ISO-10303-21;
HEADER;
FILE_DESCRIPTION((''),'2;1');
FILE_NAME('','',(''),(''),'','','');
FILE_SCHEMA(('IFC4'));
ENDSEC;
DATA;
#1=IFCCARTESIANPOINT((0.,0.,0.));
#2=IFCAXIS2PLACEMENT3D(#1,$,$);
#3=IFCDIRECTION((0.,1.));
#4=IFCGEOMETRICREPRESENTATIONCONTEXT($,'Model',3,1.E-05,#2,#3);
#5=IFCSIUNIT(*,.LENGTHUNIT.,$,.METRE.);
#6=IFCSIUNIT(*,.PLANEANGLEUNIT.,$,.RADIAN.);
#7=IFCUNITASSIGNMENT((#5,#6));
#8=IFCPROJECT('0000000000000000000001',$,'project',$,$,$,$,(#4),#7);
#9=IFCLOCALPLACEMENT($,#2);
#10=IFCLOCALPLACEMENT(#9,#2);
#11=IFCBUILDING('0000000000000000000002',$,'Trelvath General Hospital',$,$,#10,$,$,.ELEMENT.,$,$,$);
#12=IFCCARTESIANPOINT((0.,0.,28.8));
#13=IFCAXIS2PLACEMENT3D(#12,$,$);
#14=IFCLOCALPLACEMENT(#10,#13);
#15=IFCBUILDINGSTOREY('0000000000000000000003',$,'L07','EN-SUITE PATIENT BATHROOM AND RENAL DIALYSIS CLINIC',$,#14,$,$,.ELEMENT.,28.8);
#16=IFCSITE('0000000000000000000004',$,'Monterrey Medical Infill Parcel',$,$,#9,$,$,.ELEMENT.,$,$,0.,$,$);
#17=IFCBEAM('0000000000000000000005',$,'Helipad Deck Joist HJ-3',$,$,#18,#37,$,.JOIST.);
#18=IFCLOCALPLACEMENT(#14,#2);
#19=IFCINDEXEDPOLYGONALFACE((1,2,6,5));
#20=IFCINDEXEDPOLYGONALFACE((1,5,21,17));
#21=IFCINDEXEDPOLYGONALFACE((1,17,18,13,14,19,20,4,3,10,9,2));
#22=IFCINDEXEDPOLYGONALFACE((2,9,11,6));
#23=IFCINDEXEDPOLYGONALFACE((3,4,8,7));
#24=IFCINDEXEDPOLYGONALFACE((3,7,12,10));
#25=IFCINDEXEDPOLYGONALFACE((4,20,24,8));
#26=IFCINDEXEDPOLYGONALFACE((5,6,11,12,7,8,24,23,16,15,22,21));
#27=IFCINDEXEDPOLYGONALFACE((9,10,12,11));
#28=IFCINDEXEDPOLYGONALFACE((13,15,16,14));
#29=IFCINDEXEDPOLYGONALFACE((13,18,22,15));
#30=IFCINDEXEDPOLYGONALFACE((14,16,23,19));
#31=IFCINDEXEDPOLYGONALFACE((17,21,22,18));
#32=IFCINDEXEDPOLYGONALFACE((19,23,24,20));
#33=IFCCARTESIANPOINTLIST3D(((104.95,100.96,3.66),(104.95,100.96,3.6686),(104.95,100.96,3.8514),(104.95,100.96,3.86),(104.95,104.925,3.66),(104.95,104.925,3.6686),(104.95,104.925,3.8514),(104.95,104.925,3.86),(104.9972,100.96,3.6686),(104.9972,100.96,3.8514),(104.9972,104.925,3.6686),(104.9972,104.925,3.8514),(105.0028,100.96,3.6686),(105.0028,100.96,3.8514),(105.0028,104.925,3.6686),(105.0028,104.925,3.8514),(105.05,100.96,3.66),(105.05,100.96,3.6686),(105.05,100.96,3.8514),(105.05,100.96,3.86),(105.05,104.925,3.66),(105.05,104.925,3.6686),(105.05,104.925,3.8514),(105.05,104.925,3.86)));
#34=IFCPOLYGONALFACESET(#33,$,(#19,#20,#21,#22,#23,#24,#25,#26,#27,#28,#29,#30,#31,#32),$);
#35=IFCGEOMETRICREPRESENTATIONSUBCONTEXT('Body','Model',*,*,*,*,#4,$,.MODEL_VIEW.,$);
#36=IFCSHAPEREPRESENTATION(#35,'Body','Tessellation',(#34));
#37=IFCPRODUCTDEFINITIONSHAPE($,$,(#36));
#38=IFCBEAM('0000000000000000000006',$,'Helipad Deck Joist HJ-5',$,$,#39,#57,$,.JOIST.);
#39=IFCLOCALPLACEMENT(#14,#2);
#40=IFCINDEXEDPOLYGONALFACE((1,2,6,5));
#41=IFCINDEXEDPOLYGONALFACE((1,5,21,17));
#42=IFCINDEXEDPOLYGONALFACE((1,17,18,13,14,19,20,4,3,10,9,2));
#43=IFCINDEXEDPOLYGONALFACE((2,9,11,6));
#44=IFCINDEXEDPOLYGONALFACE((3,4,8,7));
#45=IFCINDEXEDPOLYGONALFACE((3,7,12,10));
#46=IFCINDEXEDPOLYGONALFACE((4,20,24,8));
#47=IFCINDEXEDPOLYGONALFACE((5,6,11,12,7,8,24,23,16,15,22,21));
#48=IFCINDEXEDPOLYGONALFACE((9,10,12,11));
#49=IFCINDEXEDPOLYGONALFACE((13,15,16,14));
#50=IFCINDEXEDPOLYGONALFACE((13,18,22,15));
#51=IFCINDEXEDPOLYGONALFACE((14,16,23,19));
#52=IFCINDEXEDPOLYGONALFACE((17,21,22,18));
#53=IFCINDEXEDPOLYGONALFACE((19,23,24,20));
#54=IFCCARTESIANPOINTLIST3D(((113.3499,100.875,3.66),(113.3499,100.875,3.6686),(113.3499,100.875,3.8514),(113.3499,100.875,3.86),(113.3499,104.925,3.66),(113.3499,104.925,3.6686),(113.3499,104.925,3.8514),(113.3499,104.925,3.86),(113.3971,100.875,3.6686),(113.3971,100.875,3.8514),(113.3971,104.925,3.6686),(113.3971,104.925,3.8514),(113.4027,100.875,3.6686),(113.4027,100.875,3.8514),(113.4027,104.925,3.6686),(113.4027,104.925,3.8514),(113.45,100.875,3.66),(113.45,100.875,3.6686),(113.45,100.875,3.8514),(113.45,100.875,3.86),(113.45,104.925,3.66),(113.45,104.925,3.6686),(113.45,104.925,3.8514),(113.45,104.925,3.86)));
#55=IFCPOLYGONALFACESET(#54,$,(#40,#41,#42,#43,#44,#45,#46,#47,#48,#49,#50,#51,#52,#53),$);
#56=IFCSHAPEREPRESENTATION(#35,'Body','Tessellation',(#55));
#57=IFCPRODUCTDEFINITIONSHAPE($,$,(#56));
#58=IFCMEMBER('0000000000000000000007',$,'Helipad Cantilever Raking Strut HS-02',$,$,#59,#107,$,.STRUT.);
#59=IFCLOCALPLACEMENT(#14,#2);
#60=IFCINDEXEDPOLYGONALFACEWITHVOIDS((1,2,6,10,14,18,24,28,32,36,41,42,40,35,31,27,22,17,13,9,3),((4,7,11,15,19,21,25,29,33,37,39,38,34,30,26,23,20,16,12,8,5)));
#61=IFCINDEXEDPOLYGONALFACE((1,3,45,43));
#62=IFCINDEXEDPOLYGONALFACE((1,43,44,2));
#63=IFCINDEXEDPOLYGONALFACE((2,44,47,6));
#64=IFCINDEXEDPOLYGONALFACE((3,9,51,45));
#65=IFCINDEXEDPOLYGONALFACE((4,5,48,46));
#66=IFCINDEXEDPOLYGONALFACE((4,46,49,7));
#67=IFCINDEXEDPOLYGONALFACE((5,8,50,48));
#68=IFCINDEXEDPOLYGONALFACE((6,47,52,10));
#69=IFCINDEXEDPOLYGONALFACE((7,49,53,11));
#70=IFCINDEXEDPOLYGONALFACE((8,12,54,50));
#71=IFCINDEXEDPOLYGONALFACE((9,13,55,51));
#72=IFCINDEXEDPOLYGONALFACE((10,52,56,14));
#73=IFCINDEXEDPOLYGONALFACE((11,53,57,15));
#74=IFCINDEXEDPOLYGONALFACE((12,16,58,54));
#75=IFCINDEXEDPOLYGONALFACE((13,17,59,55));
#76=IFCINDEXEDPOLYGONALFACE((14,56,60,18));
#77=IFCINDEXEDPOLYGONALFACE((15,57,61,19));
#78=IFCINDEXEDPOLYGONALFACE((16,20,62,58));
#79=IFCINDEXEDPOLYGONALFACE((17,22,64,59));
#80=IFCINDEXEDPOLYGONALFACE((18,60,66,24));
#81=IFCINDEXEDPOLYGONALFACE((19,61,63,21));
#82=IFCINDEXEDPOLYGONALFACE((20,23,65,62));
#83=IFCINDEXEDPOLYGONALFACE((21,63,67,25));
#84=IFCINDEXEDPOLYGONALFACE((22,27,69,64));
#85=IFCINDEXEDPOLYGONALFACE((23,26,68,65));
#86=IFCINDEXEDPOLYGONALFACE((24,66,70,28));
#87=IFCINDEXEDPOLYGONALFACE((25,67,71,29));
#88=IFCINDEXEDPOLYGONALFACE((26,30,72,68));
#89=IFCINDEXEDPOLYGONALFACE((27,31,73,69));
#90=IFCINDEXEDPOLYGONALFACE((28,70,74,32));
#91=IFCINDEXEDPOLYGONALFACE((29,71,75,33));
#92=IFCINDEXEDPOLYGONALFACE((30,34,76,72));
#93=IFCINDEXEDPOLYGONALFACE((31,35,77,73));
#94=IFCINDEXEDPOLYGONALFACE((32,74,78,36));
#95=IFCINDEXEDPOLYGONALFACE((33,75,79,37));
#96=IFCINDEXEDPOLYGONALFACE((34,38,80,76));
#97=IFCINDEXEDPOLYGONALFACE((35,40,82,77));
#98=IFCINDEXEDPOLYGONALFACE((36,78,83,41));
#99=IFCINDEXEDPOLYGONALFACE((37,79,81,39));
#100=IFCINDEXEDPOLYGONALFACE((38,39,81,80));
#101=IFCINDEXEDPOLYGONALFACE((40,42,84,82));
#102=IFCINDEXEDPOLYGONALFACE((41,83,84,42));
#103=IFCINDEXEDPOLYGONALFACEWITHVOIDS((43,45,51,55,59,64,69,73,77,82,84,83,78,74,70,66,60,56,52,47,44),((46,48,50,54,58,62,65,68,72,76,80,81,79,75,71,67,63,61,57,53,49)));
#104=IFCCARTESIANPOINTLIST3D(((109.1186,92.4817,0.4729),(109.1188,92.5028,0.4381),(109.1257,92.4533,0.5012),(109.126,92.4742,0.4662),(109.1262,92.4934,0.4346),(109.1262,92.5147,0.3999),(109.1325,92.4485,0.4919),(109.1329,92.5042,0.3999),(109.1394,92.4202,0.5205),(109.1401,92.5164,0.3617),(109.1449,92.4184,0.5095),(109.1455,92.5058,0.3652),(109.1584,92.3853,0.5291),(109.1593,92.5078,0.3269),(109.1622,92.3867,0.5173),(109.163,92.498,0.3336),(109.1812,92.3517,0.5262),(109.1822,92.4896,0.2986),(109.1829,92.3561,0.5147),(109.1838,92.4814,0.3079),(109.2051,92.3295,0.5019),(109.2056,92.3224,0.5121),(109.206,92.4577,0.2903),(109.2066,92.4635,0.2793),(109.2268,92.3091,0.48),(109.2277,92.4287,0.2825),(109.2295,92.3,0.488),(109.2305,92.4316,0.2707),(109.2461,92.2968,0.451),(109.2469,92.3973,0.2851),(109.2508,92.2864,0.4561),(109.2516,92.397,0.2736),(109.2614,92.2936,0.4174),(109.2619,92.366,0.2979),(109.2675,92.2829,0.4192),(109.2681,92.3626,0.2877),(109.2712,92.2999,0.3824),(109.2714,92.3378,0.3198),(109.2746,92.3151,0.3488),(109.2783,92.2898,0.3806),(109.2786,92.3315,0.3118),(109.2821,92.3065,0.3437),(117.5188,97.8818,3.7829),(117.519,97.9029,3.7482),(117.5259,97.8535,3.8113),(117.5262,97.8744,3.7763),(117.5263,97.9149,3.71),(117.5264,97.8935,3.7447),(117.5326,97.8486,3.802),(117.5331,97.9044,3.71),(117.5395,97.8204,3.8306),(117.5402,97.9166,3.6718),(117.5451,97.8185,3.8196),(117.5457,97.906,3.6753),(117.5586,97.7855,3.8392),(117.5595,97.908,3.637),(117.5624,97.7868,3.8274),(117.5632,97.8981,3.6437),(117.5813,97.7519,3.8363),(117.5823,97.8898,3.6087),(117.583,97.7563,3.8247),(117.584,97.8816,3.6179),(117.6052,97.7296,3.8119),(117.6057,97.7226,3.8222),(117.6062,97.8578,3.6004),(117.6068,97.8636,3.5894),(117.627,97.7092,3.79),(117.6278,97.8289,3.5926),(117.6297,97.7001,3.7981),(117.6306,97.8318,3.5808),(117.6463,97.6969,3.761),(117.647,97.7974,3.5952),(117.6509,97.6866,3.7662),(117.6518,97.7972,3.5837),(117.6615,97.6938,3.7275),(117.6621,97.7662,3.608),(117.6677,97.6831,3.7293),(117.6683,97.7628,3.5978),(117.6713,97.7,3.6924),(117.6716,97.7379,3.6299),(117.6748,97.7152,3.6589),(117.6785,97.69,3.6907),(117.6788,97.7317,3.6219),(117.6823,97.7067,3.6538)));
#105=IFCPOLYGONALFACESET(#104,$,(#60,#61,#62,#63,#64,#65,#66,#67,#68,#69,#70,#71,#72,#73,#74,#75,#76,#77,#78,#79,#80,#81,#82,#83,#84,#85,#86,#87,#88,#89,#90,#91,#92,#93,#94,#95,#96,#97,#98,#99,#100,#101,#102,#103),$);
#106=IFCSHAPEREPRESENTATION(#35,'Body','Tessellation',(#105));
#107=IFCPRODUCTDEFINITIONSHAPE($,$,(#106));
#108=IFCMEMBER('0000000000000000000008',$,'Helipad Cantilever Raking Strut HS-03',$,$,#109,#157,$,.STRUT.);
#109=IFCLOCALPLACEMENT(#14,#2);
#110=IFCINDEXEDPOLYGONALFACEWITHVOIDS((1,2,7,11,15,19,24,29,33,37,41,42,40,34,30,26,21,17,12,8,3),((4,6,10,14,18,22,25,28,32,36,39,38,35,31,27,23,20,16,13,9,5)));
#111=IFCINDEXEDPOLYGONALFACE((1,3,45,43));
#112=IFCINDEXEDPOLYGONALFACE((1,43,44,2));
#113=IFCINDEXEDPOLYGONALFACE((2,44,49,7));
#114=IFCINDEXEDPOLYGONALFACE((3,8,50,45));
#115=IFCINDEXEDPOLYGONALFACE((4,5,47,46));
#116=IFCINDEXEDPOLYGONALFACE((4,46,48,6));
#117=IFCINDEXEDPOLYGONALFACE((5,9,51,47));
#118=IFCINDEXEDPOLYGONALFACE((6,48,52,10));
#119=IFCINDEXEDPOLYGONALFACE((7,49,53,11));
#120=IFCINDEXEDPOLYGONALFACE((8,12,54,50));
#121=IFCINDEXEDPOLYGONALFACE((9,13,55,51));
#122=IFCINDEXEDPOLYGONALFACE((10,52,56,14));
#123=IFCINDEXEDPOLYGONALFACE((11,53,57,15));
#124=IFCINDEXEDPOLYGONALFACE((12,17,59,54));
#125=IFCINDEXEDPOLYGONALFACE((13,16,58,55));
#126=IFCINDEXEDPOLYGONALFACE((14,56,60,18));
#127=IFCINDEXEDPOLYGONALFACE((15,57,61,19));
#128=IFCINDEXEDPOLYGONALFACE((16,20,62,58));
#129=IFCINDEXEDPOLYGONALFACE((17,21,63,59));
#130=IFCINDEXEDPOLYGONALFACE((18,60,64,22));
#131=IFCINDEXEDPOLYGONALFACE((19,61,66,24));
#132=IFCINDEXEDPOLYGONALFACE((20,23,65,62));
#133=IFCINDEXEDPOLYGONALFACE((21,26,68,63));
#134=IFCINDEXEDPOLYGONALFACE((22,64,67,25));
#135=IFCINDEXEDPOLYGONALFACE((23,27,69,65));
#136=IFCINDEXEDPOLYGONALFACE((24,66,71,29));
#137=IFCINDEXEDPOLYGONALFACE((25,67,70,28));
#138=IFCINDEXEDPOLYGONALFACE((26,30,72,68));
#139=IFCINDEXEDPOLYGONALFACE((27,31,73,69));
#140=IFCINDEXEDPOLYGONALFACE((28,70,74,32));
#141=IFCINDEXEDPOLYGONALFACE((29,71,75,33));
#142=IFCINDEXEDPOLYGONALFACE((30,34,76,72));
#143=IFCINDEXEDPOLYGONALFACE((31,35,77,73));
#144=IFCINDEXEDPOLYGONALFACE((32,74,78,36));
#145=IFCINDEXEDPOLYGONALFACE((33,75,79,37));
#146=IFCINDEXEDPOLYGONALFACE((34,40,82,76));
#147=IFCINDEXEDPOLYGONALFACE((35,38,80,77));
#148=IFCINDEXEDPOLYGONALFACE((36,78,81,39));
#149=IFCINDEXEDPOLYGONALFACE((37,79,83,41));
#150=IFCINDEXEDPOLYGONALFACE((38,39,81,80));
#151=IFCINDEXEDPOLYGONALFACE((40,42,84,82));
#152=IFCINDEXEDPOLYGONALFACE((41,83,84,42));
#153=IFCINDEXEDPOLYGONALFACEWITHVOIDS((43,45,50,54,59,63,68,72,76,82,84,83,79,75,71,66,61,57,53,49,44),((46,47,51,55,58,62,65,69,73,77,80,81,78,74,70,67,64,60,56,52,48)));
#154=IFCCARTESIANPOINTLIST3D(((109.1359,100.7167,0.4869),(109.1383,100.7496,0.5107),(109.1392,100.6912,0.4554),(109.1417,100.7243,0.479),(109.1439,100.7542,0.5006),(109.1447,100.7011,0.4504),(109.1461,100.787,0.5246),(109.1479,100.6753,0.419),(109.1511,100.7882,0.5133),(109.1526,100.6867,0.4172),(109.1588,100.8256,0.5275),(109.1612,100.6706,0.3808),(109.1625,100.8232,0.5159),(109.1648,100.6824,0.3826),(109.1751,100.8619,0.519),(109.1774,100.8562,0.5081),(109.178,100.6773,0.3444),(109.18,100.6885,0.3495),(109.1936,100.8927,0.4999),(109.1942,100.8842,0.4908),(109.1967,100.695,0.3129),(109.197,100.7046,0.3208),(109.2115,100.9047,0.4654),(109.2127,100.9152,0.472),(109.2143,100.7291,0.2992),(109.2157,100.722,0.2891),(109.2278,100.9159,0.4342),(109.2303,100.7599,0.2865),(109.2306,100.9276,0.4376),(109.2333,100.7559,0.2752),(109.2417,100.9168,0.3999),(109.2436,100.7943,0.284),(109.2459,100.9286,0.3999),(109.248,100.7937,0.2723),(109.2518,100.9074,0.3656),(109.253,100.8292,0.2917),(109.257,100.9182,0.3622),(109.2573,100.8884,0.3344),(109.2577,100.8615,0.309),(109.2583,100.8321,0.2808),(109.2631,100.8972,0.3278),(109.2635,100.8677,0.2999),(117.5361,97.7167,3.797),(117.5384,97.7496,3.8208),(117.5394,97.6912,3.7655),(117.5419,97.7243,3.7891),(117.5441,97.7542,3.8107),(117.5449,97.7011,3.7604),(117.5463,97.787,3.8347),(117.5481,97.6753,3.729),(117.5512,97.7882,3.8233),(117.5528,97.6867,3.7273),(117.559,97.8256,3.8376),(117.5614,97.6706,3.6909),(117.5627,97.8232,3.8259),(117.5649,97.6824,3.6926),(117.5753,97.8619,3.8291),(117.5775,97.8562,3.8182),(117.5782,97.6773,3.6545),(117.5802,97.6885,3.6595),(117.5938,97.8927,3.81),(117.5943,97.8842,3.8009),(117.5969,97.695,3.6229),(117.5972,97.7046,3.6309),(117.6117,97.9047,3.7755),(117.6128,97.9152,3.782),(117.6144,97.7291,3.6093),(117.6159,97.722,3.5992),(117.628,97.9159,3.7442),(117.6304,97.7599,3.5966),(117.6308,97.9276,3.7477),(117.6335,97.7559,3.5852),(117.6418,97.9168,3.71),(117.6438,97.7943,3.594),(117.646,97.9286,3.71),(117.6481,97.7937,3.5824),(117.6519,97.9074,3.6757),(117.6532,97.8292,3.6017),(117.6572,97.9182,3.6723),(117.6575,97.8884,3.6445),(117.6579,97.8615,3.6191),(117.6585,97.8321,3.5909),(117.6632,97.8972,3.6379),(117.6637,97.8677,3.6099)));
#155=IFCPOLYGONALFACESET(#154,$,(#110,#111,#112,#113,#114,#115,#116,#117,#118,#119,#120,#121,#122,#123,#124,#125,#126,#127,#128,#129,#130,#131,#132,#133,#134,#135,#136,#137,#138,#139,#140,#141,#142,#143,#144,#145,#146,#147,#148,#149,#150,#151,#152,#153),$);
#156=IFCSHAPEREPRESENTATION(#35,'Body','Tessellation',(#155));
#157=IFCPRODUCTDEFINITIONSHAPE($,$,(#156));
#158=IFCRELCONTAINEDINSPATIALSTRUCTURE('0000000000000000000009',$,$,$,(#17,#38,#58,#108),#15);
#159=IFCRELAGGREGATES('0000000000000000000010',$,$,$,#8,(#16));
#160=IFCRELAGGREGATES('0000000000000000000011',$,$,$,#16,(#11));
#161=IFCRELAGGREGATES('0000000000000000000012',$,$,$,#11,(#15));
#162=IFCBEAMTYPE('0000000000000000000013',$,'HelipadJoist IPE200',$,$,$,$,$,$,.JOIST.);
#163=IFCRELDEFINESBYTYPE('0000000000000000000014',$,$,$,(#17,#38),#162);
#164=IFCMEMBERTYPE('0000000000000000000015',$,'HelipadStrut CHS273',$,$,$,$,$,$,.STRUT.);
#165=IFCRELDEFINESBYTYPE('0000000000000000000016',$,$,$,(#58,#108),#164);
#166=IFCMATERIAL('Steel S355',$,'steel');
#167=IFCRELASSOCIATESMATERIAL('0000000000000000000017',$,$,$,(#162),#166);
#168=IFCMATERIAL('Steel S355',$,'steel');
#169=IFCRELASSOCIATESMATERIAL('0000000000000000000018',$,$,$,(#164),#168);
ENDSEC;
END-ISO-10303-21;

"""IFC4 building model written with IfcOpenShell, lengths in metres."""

from ifc_helpers import new_model, si_unit, direction, frame, origin, origin_2d, place, context, subcontext, project, spatial, hollow_circle, i_section, extrude, material, material_profile, profile_set, type_object, element, save


model = new_model("IFC4")

# Units and contexts
model_context = context("Model", 3, precision=1e-05, world=origin(), true_north=direction((0.0, 1.0)))
body_context = subcontext(model_context, "Body", "Model", "MODEL_VIEW")
ifc_project = project(units=[si_unit("LENGTHUNIT", "METRE"), si_unit("PLANEANGLEUNIT", "RADIAN")], contexts=[model_context])

# Site, building, storey
site_placement = place(None, origin())
site = spatial("IfcSite", under=ifc_project, at=site_placement, Name="Monterrey Medical Infill Parcel", CompositionType="ELEMENT", RefElevation=0.0)
building_placement = place(site_placement, origin())
building = spatial("IfcBuilding", under=site, at=building_placement, Name="Trelvath General Hospital", CompositionType="ELEMENT")
storey_placement = place(building_placement, frame((0.0, 0.0, 28.8)))
storey = spatial("IfcBuildingStorey", under=building, at=storey_placement, Name="L07", Description="EN-SUITE PATIENT BATHROOM AND RENAL DIALYSIS CLINIC", CompositionType="ELEMENT", Elevation=28.8)

# Beams
ifc_material_1 = material(Name="Steel S355", Category="steel")
ifc_material_profile_1 = material_profile(ifc_material_1, i_section(OverallWidth=0.1001, OverallDepth=0.2, WebThickness=0.0056, FlangeThickness=0.0085, at=origin_2d()), Name="IPE200")
ifc_profile_set_1 = profile_set([ifc_material_profile_1], Name="Steel S355")
beam_type_1 = type_object("IfcBeamType", Name="HelipadJoist IPE200", PredefinedType="JOIST", material=ifc_profile_set_1)
beam_1_placement = place(storey_placement, frame((105.0, 100.96, 3.76), z_axis=(0.0, 1.0, 0.0), x_axis=(-1.0, 0.0, 0.0)))
element("IfcBeam", 1, at=beam_1_placement, inside=storey, type_object=beam_type_1, Name="Helipad Deck Joist HJ-3", PredefinedType="JOIST", context=body_context, shape_type="SweptSolid", body=[
    extrude(i_section(OverallWidth=0.1001, OverallDepth=0.2, WebThickness=0.0056, FlangeThickness=0.0085, at=origin_2d()), origin(), (0.0, 0.0, 1.0), 3.9651),
])
beam_2_placement = place(storey_placement, frame((113.3999, 100.875, 3.76), z_axis=(0.0, 1.0, 0.0), x_axis=(-1.0, 0.0, 0.0)))
element("IfcBeam", 2, at=beam_2_placement, inside=storey, type_object=beam_type_1, Name="Helipad Deck Joist HJ-5", PredefinedType="JOIST", context=body_context, shape_type="SweptSolid", body=[
    extrude(i_section(OverallWidth=0.1001, OverallDepth=0.2, WebThickness=0.0056, FlangeThickness=0.0085, at=origin_2d()), origin(), (0.0, 0.0, 1.0), 4.05),
])

# Members
ifc_material_2 = material(Name="Steel S355", Category="steel")
ifc_material_profile_2 = material_profile(ifc_material_2, hollow_circle(Radius=0.1365, WallThickness=0.0125, at=origin_2d()), Name="CHS273.0x12.5")
ifc_profile_set_2 = profile_set([ifc_material_profile_2], Name="Steel S355")
member_type = type_object("IfcMemberType", Name="HelipadStrut CHS273", PredefinedType="STRUT", material=ifc_profile_set_2)
member_1_placement = place(storey_placement, frame((109.2, 92.3999, 0.3999), z_axis=(0.798456, 0.513298, 0.31463), x_axis=(-0.540761, 0.841176, 0.0)))
element("IfcMember", 3, at=member_1_placement, inside=storey, type_object=member_type, Name="Helipad Cantilever Raking Strut HS-02", PredefinedType="STRUT", context=body_context, shape_type="SweptSolid", body=[
    extrude(hollow_circle(Radius=0.1365, WallThickness=0.0125, at=origin_2d()), origin(), (0.0, 0.0, 1.0), 10.5205),
])
member_2_placement = place(storey_placement, frame((109.2, 100.8, 0.3999), z_axis=(0.882911, -0.31532, 0.347909), x_axis=(0.336331, 0.941744, 0.0)))
element("IfcMember", 4, at=member_2_placement, inside=storey, type_object=member_type, Name="Helipad Cantilever Raking Strut HS-03", PredefinedType="STRUT", context=body_context, shape_type="SweptSolid", body=[
    extrude(hollow_circle(Radius=0.1365, WallThickness=0.0125, at=origin_2d()), origin(), (0.0, 0.0, 1.0), 9.5142),
])

save(model, "model.ifc")
